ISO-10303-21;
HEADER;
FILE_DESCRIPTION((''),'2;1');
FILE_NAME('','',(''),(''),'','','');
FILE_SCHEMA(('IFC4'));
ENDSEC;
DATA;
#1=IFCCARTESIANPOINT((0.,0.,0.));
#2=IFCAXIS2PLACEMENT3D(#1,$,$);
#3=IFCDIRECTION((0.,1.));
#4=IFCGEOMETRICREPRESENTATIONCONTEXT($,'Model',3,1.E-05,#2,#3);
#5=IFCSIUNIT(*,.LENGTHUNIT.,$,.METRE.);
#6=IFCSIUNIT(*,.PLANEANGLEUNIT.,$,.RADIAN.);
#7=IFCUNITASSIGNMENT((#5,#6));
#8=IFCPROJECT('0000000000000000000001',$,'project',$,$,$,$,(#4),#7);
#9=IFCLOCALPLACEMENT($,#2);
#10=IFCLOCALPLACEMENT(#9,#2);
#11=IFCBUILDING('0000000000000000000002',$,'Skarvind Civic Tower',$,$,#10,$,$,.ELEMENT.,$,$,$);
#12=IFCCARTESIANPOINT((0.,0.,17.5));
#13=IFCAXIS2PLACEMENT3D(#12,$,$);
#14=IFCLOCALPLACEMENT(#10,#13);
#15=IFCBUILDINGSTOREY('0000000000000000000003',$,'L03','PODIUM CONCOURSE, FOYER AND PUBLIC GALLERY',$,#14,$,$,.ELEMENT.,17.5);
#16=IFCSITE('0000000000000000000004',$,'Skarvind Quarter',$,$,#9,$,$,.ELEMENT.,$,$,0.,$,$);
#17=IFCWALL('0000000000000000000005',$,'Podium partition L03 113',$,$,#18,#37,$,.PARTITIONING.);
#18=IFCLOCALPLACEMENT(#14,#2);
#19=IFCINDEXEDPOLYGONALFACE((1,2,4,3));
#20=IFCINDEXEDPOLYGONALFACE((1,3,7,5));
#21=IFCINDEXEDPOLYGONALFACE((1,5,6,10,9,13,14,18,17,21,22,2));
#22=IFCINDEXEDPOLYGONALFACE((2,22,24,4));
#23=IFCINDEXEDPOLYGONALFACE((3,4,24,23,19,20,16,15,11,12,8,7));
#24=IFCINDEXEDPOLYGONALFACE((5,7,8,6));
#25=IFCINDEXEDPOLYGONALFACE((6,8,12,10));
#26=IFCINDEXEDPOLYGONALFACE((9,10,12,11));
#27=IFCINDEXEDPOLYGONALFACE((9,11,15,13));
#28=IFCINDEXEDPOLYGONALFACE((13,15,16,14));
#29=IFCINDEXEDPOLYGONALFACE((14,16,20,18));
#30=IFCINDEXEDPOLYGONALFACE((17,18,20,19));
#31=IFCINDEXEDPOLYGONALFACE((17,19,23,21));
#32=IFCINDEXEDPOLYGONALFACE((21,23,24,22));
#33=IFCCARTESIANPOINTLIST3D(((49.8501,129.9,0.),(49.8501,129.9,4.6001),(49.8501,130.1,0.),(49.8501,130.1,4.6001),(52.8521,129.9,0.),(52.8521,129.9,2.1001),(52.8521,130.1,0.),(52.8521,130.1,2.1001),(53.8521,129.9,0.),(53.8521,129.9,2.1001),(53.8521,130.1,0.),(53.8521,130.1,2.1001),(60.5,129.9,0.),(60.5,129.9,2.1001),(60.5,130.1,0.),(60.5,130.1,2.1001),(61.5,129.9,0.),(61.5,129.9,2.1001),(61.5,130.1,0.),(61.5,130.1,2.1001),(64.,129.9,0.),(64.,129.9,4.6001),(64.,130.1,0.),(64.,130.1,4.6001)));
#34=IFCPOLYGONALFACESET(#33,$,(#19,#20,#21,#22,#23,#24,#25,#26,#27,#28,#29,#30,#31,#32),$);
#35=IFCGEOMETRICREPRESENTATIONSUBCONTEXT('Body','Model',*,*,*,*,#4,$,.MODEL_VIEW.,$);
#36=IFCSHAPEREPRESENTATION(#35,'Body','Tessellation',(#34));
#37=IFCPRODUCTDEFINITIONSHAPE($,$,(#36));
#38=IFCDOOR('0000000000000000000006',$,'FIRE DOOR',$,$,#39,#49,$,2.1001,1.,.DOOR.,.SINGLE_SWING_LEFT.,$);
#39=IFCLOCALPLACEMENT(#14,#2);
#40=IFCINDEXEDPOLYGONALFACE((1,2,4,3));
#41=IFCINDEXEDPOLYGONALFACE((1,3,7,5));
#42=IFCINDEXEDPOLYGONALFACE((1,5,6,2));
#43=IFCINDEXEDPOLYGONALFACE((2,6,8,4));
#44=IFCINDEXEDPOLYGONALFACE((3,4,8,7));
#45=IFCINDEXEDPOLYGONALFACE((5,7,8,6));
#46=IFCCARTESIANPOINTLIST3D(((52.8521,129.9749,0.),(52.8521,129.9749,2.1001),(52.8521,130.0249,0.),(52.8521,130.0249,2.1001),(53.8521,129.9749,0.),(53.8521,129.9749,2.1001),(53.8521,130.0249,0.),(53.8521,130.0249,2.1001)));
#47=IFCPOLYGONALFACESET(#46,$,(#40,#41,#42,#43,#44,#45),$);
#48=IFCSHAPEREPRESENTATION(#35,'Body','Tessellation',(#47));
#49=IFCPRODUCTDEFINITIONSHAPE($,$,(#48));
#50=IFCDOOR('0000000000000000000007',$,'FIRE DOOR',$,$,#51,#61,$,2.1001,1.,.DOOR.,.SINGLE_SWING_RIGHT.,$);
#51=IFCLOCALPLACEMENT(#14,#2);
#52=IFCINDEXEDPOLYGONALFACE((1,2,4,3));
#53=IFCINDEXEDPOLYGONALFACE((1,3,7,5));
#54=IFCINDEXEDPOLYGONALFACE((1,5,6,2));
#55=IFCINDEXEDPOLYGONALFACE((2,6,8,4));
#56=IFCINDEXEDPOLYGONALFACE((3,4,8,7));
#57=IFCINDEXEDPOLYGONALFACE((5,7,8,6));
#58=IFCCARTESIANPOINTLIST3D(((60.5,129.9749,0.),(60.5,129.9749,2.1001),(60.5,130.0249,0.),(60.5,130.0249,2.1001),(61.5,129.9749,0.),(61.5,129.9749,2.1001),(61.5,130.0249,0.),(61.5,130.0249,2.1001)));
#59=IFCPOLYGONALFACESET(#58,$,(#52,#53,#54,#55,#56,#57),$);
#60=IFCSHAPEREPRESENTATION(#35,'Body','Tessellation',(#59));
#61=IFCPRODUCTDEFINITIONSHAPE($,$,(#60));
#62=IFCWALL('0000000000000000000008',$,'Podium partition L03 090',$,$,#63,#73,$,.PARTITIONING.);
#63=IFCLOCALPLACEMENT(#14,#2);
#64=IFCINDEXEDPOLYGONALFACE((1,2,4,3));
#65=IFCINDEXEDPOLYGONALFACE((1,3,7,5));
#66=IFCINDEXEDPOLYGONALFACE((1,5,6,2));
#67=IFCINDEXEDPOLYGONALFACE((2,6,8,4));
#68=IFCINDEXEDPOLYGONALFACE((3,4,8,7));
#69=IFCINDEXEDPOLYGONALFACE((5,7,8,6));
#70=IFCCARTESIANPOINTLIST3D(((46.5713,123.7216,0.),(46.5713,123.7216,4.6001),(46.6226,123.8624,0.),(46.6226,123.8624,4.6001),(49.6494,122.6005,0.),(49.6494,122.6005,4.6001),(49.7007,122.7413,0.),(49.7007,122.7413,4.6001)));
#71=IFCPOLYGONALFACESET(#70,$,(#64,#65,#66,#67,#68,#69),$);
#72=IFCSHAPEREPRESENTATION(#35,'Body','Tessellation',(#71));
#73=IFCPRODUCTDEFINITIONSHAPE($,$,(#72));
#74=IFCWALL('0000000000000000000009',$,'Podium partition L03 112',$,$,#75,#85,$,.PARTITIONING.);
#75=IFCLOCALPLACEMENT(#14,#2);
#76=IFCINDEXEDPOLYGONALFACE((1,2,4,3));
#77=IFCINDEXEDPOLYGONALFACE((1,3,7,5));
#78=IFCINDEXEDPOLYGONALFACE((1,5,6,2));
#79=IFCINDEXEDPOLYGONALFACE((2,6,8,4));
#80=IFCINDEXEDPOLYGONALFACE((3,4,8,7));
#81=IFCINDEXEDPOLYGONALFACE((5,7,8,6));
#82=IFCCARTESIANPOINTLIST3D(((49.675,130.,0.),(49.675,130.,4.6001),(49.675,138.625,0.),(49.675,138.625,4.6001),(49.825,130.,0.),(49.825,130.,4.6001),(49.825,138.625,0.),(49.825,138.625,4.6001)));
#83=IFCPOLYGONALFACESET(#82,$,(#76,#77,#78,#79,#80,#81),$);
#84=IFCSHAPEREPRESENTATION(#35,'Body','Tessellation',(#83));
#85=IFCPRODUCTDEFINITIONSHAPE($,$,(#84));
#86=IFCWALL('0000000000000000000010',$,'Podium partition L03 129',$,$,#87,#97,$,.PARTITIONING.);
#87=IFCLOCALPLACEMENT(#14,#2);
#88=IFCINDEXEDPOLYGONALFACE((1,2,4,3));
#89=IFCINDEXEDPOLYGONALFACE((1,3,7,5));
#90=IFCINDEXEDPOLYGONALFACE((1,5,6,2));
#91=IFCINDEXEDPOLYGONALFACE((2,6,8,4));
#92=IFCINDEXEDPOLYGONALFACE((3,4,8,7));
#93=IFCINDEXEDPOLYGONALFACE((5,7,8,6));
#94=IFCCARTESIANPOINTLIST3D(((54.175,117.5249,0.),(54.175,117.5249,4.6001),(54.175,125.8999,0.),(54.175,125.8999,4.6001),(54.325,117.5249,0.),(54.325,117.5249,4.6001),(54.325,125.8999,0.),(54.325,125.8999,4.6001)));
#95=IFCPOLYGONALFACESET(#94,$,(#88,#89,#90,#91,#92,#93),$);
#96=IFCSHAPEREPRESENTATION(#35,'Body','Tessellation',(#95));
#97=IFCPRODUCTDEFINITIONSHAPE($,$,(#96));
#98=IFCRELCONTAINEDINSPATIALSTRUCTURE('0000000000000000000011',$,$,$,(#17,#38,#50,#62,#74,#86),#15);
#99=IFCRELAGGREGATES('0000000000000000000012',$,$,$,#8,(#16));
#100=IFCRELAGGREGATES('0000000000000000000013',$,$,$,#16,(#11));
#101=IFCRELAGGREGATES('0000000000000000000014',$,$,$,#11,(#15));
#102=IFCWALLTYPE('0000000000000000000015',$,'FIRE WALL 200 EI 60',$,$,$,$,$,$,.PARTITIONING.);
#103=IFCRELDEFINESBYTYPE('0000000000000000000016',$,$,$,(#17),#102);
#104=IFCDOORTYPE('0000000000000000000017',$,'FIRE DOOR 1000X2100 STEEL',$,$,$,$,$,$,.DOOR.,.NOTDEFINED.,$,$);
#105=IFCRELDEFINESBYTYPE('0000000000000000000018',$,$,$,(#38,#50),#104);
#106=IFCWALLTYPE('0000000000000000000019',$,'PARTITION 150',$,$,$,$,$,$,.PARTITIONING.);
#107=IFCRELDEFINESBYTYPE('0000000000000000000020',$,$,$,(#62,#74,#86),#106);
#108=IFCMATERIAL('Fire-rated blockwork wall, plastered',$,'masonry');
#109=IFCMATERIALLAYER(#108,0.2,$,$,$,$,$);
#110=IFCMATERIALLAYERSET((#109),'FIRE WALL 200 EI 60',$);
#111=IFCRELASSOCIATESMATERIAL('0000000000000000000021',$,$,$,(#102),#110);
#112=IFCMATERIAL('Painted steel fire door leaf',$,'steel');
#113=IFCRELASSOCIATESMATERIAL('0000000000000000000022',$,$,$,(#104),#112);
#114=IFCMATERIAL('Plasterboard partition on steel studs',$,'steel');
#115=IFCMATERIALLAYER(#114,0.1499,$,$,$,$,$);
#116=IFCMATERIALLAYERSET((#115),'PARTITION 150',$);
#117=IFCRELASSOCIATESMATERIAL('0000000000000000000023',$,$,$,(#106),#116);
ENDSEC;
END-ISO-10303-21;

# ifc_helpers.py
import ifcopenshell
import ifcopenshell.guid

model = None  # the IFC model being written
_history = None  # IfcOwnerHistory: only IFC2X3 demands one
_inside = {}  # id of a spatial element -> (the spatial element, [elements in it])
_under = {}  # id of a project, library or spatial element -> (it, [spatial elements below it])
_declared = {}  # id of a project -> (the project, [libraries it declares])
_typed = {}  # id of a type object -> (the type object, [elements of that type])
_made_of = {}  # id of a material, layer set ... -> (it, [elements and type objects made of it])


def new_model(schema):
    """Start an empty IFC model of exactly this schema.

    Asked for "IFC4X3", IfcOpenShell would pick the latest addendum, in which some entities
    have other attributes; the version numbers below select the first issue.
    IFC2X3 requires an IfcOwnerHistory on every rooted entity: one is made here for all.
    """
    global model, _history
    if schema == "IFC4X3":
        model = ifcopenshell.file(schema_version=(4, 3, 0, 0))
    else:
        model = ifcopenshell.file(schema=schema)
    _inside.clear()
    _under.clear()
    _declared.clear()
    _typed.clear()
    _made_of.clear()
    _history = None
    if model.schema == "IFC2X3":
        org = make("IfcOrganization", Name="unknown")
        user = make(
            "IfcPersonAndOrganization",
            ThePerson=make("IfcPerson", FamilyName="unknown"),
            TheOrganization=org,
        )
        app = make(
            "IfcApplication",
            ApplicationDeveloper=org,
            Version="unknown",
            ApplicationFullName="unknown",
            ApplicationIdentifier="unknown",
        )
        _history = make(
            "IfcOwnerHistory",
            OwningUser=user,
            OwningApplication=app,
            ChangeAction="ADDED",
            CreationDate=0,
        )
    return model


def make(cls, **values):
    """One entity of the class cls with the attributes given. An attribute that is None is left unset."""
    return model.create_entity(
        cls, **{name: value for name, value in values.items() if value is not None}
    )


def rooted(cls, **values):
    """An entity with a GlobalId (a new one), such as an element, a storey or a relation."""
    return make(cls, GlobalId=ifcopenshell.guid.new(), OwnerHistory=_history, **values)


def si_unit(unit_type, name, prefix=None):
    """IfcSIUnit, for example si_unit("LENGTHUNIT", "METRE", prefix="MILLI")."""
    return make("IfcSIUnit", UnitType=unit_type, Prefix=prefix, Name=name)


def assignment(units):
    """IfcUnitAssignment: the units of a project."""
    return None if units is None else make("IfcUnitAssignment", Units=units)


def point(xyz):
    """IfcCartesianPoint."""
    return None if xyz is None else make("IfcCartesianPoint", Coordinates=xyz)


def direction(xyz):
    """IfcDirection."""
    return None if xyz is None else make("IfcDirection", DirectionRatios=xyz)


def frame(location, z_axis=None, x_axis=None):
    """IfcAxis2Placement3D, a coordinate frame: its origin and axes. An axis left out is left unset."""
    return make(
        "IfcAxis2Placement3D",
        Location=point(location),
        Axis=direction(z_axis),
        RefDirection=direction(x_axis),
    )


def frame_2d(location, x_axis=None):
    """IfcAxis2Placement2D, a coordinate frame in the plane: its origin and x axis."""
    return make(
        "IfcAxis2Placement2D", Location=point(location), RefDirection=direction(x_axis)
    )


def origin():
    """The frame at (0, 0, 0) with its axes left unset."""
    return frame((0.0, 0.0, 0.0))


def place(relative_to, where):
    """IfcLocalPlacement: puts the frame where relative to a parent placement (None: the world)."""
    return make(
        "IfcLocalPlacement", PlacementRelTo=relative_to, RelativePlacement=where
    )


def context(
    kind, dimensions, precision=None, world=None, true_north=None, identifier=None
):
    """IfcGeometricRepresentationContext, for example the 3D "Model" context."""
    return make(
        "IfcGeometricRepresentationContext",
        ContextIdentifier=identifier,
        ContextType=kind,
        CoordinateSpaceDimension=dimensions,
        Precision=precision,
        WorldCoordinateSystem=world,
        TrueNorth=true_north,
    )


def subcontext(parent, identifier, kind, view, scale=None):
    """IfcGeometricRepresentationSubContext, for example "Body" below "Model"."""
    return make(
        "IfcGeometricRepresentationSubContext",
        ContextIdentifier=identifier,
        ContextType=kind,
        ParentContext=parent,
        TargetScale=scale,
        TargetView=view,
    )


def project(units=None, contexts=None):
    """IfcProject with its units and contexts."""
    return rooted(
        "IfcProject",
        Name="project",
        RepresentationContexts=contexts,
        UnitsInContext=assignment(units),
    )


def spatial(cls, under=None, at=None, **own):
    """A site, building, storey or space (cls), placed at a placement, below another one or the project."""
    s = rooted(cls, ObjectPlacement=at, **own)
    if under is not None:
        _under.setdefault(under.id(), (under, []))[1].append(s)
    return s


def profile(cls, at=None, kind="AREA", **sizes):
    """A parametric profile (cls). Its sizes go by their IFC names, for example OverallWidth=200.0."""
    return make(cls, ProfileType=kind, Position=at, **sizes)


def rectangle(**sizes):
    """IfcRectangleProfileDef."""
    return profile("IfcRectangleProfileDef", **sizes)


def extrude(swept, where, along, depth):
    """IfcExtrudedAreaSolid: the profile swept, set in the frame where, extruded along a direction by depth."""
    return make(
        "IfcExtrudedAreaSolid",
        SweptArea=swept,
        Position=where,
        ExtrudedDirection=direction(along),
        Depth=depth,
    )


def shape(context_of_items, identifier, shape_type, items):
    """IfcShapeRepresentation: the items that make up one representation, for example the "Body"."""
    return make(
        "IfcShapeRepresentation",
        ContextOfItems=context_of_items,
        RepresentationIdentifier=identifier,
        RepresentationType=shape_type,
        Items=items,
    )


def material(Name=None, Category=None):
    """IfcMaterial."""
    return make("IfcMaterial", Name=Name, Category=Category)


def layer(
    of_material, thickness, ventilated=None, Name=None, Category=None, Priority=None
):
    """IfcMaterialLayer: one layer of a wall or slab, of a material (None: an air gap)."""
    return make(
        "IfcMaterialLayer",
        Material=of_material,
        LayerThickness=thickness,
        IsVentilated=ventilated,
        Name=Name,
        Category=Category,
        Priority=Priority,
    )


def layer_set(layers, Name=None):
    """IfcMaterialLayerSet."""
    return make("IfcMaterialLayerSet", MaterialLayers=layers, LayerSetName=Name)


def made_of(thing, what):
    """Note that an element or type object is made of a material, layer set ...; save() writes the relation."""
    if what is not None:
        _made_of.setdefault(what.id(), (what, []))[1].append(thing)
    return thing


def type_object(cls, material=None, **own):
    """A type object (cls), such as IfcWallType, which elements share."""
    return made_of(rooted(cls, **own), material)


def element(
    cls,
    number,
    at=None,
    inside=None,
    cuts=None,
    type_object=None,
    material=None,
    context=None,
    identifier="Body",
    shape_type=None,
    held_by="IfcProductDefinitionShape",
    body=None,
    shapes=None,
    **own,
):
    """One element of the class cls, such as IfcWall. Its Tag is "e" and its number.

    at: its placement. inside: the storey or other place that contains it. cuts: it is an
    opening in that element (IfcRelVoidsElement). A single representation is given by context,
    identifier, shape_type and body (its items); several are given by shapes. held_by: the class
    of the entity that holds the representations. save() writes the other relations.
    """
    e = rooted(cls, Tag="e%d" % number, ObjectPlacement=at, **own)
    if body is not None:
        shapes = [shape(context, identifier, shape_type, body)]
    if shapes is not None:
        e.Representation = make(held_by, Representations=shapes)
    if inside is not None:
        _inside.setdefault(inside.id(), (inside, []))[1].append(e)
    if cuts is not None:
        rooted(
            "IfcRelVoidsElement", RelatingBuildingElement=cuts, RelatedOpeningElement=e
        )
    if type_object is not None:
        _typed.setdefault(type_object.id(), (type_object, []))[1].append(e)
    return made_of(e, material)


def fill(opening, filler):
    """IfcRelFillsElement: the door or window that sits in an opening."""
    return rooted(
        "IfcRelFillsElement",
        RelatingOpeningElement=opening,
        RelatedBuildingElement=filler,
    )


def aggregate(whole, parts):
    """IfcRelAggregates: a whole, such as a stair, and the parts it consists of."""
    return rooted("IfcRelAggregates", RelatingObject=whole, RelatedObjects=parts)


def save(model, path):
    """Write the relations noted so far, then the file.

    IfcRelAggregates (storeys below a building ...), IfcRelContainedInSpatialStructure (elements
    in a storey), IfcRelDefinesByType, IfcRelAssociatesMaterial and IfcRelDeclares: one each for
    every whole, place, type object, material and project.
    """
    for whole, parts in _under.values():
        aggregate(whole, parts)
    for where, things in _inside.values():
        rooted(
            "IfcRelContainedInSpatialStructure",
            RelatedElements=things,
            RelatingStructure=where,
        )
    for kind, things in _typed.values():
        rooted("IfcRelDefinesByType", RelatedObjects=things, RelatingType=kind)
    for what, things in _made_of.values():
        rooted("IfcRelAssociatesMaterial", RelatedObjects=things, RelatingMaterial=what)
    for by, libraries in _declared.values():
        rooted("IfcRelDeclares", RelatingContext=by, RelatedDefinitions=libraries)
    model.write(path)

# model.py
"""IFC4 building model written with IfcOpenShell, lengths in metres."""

from ifc_helpers import new_model, si_unit, direction, frame, frame_2d, origin, place, context, subcontext, project, spatial, rectangle, extrude, material, layer, layer_set, type_object, element, fill, save


model = new_model("IFC4")

# Units and contexts
model_context = context("Model", 3, precision=1e-05, world=origin(), true_north=direction((0.0, 1.0)))
body_context = subcontext(model_context, "Body", "Model", "MODEL_VIEW")
ifc_project = project(units=[si_unit("LENGTHUNIT", "METRE"), si_unit("PLANEANGLEUNIT", "RADIAN")], contexts=[model_context])

# Site, building, storey
site_placement = place(None, origin())
site = spatial("IfcSite", under=ifc_project, at=site_placement, Name="Skarvind Quarter", CompositionType="ELEMENT", RefElevation=0.0)
building_placement = place(site_placement, origin())
building = spatial("IfcBuilding", under=site, at=building_placement, Name="Skarvind Civic Tower", CompositionType="ELEMENT")
storey_placement = place(building_placement, frame((0.0, 0.0, 17.5)))
storey = spatial("IfcBuildingStorey", under=building, at=storey_placement, Name="L03", Description="PODIUM CONCOURSE, FOYER AND PUBLIC GALLERY", CompositionType="ELEMENT", Elevation=17.5)

# Shared definitions
ifc_material_1 = material(Name="Fire-rated blockwork wall, plastered", Category="masonry")
ifc_layer_1 = layer(ifc_material_1, 0.2)
ifc_layer_set_1 = layer_set([ifc_layer_1], Name="FIRE WALL 200 EI 60")
wall_type_1 = type_object("IfcWallType", Name="FIRE WALL 200 EI 60", PredefinedType="PARTITIONING", material=ifc_layer_set_1)
ifc_material_2 = material(Name="Painted steel fire door leaf", Category="steel")
door_type_1 = type_object("IfcDoorType", Name="FIRE DOOR 1000X2100 STEEL", OperationType="NOTDEFINED", PredefinedType="DOOR", material=ifc_material_2)

# Wall, openings, doors
wall_1_placement = place(storey_placement, frame((49.8501, 130.0, 0.0), z_axis=(0.0, 0.0, 1.0), x_axis=(1.0, 0.0, 0.0)))
wall_1 = element("IfcWall", 1, at=wall_1_placement, inside=storey, type_object=wall_type_1, Name="Podium partition L03 113", PredefinedType="PARTITIONING", context=body_context, shape_type="SweptSolid", body=[
    extrude(rectangle(XDim=14.1499, YDim=0.2, at=frame_2d((7.075, 0.0))), origin(), (0.0, 0.0, 1.0), 4.6001),
])
opening_1_placement = place(wall_1_placement, frame((3.002, 0.0, 0.0)))
opening_1 = element("IfcOpeningElement", 2, at=opening_1_placement, cuts=wall_1, PredefinedType="OPENING", context=body_context, shape_type="SweptSolid", body=[
    extrude(rectangle(XDim=1.0, YDim=2.1001, at=frame_2d((0.5, 1.05))), frame((0.0, 0.1099, 0.0), z_axis=(0.0, -1.0, 0.0), x_axis=(1.0, 0.0, 0.0)), (0.0, 0.0, 1.0), 0.22),
])
opening_2_placement = place(wall_1_placement, frame((10.6499, 0.0, 0.0)))
opening_2 = element("IfcOpeningElement", 3, at=opening_2_placement, cuts=wall_1, PredefinedType="OPENING", context=body_context, shape_type="SweptSolid", body=[
    extrude(rectangle(XDim=1.0, YDim=2.1001, at=frame_2d((0.5, 1.05))), frame((0.0, 0.1099, 0.0), z_axis=(0.0, -1.0, 0.0), x_axis=(1.0, 0.0, 0.0)), (0.0, 0.0, 1.0), 0.22),
])
door_1_placement = place(opening_1_placement, origin())
door_1 = element("IfcDoor", 4, at=door_1_placement, inside=storey, type_object=door_type_1, Name="FIRE DOOR", OperationType="SINGLE_SWING_LEFT", OverallHeight=2.1001, OverallWidth=1.0, PredefinedType="DOOR", context=body_context, shape_type="SweptSolid", body=[
    extrude(rectangle(XDim=1.0, YDim=2.1001, at=frame_2d((0.5, 1.05))), frame((0.0, 0.0249, 0.0), z_axis=(0.0, -1.0, 0.0), x_axis=(1.0, 0.0, 0.0)), (0.0, 0.0, 1.0), 0.05),
])
fill(opening_1, door_1)
door_2_placement = place(opening_2_placement, origin())
door_2 = element("IfcDoor", 5, at=door_2_placement, inside=storey, type_object=door_type_1, Name="FIRE DOOR", OperationType="SINGLE_SWING_RIGHT", OverallHeight=2.1001, OverallWidth=1.0, PredefinedType="DOOR", context=body_context, shape_type="SweptSolid", body=[
    extrude(rectangle(XDim=1.0, YDim=2.1001, at=frame_2d((0.5, 1.05))), frame((0.0, 0.0249, 0.0), z_axis=(0.0, -1.0, 0.0), x_axis=(1.0, 0.0, 0.0)), (0.0, 0.0, 1.0), 0.05),
])
fill(opening_2, door_2)

# Walls
ifc_material_3 = material(Name="Plasterboard partition on steel studs", Category="steel")
ifc_layer_2 = layer(ifc_material_3, 0.1499)
ifc_layer_set_2 = layer_set([ifc_layer_2], Name="PARTITION 150")
wall_type_2 = type_object("IfcWallType", Name="PARTITION 150", PredefinedType="PARTITIONING", material=ifc_layer_set_2)
wall_2_placement = place(storey_placement, frame((46.5969, 123.792, 0.0), z_axis=(0.0, 0.0, 1.0), x_axis=(0.939619, -0.342222, 0.0)))
element("IfcWall", 6, at=wall_2_placement, inside=storey, type_object=wall_type_2, Name="Podium partition L03 090", PredefinedType="PARTITIONING", context=body_context, shape_type="SweptSolid", body=[
    extrude(rectangle(XDim=3.2759, YDim=0.1499, at=frame_2d((1.6379, 0.0))), origin(), (0.0, 0.0, 1.0), 4.6001),
])
wall_3_placement = place(storey_placement, frame((49.75, 130.0, 0.0), z_axis=(0.0, 0.0, 1.0), x_axis=(0.0, 1.0, 0.0)))
element("IfcWall", 7, at=wall_3_placement, inside=storey, type_object=wall_type_2, Name="Podium partition L03 112", PredefinedType="PARTITIONING", context=body_context, shape_type="SweptSolid", body=[
    extrude(rectangle(XDim=8.625, YDim=0.1499, at=frame_2d((4.3125, 0.0))), origin(), (0.0, 0.0, 1.0), 4.6001),
])
wall_4_placement = place(storey_placement, frame((54.25, 117.5249, 0.0), z_axis=(0.0, 0.0, 1.0), x_axis=(0.0, 1.0, 0.0)))
element("IfcWall", 8, at=wall_4_placement, inside=storey, type_object=wall_type_2, Name="Podium partition L03 129", PredefinedType="PARTITIONING", context=body_context, shape_type="SweptSolid", body=[
    extrude(rectangle(XDim=8.375, YDim=0.1499, at=frame_2d((4.1875, 0.0))), origin(), (0.0, 0.0, 1.0), 4.6001),
])

save(model, "model.ifc")
